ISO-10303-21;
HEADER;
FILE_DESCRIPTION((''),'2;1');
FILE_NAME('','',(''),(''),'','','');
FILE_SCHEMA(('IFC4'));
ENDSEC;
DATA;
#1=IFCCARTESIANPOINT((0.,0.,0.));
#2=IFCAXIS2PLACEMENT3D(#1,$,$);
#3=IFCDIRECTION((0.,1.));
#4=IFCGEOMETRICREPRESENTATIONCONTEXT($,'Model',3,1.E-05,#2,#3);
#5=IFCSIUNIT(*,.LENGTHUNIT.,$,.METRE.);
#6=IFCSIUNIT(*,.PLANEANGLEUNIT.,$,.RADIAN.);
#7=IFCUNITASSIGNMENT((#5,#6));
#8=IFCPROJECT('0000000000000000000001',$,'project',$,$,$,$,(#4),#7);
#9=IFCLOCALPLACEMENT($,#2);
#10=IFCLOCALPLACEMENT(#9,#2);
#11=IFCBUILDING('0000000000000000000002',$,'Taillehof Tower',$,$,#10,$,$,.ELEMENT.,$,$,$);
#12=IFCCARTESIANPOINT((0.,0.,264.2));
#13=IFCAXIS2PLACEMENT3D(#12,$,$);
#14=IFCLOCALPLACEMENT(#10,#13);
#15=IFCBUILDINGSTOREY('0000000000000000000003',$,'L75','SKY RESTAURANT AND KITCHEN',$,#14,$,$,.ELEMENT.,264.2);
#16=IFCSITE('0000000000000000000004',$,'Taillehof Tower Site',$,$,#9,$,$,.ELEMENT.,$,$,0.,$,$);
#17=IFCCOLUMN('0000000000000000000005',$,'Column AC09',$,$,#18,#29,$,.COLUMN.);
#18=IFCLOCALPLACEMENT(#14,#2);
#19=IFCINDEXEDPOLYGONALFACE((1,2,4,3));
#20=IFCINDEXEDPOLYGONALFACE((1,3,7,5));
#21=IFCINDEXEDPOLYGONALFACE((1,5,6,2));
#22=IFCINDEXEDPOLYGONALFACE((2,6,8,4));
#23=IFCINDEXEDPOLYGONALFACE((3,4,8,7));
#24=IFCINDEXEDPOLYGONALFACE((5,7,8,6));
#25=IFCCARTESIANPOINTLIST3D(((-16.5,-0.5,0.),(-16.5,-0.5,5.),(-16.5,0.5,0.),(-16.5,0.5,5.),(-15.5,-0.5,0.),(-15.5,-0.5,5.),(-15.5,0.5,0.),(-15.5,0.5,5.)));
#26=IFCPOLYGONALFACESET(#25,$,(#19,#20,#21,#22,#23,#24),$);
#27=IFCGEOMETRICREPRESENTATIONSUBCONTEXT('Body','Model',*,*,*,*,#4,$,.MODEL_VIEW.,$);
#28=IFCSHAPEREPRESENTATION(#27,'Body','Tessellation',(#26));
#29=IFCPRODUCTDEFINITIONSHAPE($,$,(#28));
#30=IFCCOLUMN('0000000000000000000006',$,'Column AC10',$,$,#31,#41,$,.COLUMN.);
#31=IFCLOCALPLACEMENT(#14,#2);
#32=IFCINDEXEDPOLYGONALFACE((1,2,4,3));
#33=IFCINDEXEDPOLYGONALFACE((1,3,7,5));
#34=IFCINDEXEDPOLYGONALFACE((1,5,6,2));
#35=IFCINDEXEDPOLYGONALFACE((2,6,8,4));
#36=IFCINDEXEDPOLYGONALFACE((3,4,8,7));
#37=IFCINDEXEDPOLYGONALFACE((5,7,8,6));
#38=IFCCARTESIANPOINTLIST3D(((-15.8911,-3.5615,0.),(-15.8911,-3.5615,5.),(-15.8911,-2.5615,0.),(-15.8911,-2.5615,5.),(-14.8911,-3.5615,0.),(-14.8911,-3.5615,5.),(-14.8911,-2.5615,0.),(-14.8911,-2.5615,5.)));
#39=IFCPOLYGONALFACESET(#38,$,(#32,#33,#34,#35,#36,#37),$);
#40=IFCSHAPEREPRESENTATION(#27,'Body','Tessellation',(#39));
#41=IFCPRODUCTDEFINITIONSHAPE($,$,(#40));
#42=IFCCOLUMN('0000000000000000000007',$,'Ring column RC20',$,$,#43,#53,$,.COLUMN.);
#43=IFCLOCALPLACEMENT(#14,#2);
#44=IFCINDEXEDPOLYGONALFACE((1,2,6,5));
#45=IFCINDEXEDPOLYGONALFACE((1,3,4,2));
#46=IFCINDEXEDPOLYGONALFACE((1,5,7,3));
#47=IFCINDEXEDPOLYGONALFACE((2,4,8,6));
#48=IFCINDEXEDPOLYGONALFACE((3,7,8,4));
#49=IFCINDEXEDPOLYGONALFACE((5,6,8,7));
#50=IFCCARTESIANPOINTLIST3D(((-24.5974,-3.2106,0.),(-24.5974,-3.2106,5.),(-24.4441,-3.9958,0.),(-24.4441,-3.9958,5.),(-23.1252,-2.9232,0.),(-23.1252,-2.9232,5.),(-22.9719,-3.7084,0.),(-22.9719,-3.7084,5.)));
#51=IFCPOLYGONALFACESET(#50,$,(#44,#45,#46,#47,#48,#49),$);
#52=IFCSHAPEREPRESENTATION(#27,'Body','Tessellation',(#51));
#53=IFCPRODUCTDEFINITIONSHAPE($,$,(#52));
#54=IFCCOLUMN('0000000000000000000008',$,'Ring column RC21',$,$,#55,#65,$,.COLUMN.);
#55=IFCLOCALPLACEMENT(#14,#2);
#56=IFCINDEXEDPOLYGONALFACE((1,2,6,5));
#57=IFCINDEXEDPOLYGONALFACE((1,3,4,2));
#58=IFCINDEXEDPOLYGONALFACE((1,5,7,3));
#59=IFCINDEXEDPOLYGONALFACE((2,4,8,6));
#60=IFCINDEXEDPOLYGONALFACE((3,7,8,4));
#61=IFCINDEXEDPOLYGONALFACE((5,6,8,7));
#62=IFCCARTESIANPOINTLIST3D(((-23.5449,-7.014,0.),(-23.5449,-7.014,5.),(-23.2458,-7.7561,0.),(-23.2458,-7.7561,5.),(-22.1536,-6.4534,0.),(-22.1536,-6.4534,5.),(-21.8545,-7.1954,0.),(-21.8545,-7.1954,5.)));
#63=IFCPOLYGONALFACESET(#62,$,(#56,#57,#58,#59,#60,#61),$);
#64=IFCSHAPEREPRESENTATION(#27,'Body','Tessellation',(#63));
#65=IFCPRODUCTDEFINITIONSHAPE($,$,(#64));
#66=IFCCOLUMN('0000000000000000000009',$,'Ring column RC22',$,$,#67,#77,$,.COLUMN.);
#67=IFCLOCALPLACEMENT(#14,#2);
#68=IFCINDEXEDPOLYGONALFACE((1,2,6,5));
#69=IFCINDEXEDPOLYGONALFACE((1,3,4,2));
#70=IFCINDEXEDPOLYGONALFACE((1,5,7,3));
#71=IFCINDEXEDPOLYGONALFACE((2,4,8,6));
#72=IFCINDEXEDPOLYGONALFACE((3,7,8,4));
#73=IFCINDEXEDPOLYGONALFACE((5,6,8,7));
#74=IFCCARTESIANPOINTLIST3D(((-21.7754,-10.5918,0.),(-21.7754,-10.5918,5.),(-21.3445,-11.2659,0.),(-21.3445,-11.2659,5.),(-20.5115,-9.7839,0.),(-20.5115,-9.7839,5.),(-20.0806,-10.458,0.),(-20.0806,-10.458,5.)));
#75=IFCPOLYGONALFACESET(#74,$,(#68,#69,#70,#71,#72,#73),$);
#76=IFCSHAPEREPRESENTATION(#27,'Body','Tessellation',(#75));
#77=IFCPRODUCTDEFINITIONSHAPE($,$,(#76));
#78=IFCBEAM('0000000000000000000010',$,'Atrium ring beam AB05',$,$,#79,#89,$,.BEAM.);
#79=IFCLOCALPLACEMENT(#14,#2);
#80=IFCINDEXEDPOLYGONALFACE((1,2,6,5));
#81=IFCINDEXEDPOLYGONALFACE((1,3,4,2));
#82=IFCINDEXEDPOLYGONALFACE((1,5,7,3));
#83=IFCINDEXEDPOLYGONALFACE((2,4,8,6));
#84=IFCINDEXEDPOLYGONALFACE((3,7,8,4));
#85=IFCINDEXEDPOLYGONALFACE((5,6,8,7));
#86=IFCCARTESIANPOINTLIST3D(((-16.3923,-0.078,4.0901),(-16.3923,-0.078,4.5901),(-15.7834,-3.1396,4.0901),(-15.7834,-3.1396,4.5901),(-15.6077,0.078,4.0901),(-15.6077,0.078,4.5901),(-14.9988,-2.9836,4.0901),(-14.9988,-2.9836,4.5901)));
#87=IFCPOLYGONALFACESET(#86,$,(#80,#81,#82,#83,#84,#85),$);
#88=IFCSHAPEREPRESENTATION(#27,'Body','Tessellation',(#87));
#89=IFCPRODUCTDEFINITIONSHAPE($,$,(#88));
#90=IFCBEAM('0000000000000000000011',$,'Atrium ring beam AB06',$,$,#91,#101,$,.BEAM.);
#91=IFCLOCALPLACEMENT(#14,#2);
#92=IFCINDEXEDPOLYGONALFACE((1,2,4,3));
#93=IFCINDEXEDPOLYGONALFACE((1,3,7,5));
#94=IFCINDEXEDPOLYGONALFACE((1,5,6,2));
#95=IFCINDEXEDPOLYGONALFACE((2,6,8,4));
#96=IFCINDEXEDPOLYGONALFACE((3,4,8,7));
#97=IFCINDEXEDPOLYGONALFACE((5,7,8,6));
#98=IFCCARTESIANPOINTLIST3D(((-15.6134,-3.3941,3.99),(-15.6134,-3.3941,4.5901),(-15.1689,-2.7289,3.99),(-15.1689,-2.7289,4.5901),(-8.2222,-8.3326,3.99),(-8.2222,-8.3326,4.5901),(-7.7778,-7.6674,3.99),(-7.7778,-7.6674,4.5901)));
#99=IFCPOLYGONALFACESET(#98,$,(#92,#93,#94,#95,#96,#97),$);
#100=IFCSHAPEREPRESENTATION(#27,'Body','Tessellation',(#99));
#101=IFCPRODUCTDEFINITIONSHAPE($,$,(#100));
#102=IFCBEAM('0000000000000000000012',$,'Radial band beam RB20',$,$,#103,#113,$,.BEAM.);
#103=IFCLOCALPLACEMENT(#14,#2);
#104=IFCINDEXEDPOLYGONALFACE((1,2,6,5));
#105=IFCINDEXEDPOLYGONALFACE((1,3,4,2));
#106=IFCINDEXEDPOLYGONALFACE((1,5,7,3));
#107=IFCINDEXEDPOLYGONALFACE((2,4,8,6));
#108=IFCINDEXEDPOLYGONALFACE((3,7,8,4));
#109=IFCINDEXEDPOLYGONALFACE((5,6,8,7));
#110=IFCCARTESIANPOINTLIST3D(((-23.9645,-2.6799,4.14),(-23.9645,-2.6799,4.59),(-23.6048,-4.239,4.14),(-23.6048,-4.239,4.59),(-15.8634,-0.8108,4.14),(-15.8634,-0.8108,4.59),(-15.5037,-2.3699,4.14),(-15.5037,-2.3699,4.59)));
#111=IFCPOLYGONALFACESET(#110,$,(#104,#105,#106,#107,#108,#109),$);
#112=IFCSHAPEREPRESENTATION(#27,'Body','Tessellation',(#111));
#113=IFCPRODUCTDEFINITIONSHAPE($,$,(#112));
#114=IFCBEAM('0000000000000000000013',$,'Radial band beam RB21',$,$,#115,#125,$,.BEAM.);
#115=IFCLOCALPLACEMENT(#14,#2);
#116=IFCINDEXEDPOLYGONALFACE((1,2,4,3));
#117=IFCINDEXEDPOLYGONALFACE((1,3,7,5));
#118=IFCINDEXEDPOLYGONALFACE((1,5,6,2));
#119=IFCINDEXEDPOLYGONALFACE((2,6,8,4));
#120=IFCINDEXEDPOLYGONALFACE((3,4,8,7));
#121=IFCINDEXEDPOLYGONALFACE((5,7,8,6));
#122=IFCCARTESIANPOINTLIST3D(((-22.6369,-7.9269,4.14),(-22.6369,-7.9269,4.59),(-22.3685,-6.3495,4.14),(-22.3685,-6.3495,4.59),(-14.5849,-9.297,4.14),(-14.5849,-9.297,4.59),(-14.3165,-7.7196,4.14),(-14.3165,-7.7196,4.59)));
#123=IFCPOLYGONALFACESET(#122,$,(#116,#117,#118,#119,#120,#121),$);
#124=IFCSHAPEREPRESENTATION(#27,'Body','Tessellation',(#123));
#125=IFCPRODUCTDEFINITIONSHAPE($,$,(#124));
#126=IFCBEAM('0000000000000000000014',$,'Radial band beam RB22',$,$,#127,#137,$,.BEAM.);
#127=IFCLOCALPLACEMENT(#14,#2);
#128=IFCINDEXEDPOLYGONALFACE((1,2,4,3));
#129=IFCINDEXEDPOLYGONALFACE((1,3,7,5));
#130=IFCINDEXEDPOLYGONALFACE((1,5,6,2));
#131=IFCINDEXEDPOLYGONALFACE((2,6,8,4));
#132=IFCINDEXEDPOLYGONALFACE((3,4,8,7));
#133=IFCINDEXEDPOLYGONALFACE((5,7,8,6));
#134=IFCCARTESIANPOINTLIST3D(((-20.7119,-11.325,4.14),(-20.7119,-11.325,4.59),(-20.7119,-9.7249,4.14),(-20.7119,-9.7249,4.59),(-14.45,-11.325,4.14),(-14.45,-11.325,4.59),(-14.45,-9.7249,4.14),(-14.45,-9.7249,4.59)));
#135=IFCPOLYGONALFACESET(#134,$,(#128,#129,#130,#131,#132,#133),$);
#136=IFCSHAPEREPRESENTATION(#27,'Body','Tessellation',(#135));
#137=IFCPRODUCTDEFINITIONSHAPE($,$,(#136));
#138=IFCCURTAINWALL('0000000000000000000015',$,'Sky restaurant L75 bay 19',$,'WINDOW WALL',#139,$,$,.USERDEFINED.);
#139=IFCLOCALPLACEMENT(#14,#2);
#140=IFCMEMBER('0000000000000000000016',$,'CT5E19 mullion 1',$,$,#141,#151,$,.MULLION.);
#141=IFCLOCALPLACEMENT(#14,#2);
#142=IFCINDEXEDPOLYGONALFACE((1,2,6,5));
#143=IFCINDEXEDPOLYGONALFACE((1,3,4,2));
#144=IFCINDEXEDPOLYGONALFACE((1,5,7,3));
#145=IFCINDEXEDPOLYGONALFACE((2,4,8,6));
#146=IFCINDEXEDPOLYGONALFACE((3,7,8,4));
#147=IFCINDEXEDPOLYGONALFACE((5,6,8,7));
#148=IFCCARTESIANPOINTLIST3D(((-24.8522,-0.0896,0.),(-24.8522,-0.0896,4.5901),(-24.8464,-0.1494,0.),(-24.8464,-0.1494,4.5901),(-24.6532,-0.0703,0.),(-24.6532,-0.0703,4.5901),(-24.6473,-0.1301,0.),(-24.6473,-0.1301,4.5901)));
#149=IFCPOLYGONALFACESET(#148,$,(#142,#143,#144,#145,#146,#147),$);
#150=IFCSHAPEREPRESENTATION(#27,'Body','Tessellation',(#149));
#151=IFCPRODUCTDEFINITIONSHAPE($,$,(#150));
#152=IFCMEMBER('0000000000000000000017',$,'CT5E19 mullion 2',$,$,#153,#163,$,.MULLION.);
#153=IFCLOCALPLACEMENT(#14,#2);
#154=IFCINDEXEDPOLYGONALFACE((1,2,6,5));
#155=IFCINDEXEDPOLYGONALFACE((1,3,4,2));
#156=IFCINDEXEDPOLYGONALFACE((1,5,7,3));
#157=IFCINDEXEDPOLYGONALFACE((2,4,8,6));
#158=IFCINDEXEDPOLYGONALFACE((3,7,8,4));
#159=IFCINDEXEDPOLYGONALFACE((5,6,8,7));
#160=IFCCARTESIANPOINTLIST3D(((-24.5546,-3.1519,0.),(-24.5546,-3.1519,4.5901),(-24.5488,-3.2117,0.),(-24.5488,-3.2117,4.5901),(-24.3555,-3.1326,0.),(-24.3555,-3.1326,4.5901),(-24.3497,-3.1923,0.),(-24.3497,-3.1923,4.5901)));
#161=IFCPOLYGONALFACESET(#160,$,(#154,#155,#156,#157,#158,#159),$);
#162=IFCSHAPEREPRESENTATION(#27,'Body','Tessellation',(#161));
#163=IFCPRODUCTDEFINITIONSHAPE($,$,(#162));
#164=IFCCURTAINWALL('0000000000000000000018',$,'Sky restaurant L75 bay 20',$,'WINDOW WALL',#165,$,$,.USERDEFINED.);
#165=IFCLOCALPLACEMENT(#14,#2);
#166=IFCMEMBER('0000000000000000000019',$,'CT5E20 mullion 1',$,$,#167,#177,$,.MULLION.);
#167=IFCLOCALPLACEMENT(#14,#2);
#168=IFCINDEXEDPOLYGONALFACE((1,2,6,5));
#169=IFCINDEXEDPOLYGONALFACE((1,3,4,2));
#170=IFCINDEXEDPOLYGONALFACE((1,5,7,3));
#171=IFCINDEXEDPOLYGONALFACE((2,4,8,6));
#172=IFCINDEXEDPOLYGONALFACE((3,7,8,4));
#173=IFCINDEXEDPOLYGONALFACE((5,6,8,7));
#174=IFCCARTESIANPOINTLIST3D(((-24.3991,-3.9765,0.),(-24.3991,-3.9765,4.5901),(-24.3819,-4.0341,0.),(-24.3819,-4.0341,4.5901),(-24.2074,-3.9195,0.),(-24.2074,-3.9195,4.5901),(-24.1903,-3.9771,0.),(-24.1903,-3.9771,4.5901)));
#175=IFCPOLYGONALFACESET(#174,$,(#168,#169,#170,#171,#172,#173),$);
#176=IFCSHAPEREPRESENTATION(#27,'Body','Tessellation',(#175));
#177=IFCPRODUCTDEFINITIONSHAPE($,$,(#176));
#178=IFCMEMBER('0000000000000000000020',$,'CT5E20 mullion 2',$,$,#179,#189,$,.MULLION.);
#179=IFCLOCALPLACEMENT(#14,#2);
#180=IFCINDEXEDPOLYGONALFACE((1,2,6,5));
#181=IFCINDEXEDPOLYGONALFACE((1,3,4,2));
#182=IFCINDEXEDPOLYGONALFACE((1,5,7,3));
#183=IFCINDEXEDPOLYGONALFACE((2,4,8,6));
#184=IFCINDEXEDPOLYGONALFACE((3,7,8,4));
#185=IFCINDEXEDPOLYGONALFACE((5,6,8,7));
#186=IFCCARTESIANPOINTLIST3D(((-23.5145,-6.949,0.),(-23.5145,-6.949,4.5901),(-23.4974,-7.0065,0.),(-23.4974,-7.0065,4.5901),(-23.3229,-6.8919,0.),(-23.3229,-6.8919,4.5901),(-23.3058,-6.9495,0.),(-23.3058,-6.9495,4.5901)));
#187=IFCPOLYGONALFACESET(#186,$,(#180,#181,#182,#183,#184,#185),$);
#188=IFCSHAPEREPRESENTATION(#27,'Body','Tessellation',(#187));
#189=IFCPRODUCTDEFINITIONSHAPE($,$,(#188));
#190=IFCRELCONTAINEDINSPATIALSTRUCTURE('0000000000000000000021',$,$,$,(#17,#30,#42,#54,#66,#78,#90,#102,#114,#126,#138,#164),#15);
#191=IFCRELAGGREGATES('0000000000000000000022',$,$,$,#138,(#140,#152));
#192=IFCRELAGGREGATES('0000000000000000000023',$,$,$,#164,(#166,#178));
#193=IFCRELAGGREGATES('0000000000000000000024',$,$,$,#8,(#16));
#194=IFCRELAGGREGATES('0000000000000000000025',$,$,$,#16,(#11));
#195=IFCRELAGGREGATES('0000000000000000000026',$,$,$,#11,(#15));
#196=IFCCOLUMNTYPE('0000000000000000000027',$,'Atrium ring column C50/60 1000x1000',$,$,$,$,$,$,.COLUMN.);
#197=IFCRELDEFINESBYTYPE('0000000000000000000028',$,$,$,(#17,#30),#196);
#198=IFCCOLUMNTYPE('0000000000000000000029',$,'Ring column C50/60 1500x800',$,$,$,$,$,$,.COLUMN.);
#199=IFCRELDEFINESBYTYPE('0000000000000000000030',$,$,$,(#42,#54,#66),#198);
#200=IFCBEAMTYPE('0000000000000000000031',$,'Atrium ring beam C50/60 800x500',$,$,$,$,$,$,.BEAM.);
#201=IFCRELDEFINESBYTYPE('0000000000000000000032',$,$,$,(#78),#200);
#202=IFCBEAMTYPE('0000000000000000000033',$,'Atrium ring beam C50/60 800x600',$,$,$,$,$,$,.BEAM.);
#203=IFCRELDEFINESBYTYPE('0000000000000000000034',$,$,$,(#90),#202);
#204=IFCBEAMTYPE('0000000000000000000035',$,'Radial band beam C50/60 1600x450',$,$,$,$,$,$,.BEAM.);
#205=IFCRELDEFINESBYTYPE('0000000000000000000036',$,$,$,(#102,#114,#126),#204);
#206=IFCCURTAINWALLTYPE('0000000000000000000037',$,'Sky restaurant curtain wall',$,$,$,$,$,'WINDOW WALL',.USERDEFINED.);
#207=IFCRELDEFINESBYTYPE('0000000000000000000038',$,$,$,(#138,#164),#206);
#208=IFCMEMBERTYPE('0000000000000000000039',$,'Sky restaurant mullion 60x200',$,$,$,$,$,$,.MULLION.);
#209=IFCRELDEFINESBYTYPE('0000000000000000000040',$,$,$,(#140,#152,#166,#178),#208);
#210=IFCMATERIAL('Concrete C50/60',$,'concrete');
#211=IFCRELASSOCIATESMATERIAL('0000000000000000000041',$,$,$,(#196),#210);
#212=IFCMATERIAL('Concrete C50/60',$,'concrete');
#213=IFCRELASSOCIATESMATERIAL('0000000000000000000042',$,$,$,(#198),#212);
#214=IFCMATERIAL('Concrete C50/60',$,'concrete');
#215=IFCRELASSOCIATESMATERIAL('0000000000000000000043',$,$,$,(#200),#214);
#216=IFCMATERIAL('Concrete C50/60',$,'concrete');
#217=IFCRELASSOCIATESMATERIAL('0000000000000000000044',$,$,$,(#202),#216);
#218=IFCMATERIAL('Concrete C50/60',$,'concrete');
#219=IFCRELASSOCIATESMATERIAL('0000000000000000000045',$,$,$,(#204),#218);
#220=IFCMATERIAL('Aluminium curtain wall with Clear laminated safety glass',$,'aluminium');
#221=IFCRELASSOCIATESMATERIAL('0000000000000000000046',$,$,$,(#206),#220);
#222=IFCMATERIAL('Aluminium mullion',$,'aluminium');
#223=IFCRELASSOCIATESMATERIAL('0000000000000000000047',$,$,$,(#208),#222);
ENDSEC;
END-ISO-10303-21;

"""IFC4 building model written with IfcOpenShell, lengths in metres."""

from ifc_helpers import new_model, si_unit, direction, frame, origin, origin_2d, place, context, subcontext, project, spatial, rectangle, extrude, material, material_profile, profile_set, type_object, element, aggregate, save


model = new_model("IFC4")

# Units and contexts
model_context = context("Model", 3, precision=1e-05, world=origin(), true_north=direction((0.0, 1.0)))
body_context = subcontext(model_context, "Body", "Model", "MODEL_VIEW")
ifc_project = project(units=[si_unit("LENGTHUNIT", "METRE"), si_unit("PLANEANGLEUNIT", "RADIAN")], contexts=[model_context])

# Site, building, storey
site_placement = place(None, origin())
site = spatial("IfcSite", under=ifc_project, at=site_placement, Name="Taillehof Tower Site", CompositionType="ELEMENT", RefElevation=0.0)
building_placement = place(site_placement, origin())
building = spatial("IfcBuilding", under=site, at=building_placement, Name="Taillehof Tower", CompositionType="ELEMENT")
storey_placement = place(building_placement, frame((0.0, 0.0, 264.2)))
storey = spatial("IfcBuildingStorey", under=building, at=storey_placement, Name="L75", Description="SKY RESTAURANT AND KITCHEN", CompositionType="ELEMENT", Elevation=264.2)

# Columns
ifc_material_1 = material(Name="Concrete C50/60", Category="concrete")
ifc_material_profile_1 = material_profile(ifc_material_1, rectangle(XDim=1.0, YDim=1.0, at=origin_2d()), Name="RC 1000x1000")
ifc_profile_set_1 = profile_set([ifc_material_profile_1], Name="Concrete C50/60")
column_type_1 = type_object("IfcColumnType", Name="Atrium ring column C50/60 1000x1000", PredefinedType="COLUMN", material=ifc_profile_set_1)
for number, where, z_axis, x_axis, name in (
    (1, (-16.0, 0.0, 0.0), (0.0, 0.0, 1.0), (1.0, 0.0, 0.0), "Column AC09"),
    (2, (-15.3911, -3.0615, 0.0), (0.0, 0.0, 1.0), (1.0, 0.0, 0.0), "Column AC10"),
):
    element("IfcColumn", number, at=place(storey_placement, frame(where, z_axis=z_axis, x_axis=x_axis)), inside=storey, type_object=column_type_1, Name=name, PredefinedType="COLUMN", context=body_context, shape_type="SweptSolid", body=[
        extrude(rectangle(XDim=1.0, YDim=1.0, at=origin_2d()), origin(), (0.0, 0.0, 1.0), 5.0),
    ])
ifc_material_2 = material(Name="Concrete C50/60", Category="concrete")
ifc_material_profile_2 = material_profile(ifc_material_2, rectangle(XDim=1.5, YDim=0.8, at=origin_2d()), Name="RC 1500x800")
ifc_profile_set_2 = profile_set([ifc_material_profile_2], Name="Concrete C50/60")
column_type_2 = type_object("IfcColumnType", Name="Ring column C50/60 1500x800", PredefinedType="COLUMN", material=ifc_profile_set_2)
for number, where, z_axis, x_axis, name in (
    (3, (-23.7847, -3.4595, 0.0), (0.0, 0.0, 1.0), (-0.981473, -0.191602, 0.0), "Ring column RC20"),
    (4, (-22.6997, -7.1047, 0.0), (0.0, 0.0, 1.0), (-0.927525, -0.373762, 0.0), "Ring column RC21"),
    (5, (-20.928, -10.5249, 0.0), (0.0, 0.0, 1.0), (-0.842574, -0.538581, 0.0), "Ring column RC22"),
):
    element("IfcColumn", number, at=place(storey_placement, frame(where, z_axis=z_axis, x_axis=x_axis)), inside=storey, type_object=column_type_2, Name=name, PredefinedType="COLUMN", context=body_context, shape_type="SweptSolid", body=[
        extrude(rectangle(XDim=1.5, YDim=0.8, at=origin_2d()), origin(), (0.0, 0.0, 1.0), 5.0),
    ])

# Beams
ifc_material_3 = material(Name="Concrete C50/60", Category="concrete")
ifc_material_profile_3 = material_profile(ifc_material_3, rectangle(XDim=0.8, YDim=0.5, at=origin_2d()), Name="RC 800x500")
ifc_profile_set_3 = profile_set([ifc_material_profile_3], Name="Concrete C50/60")
beam_type_1 = type_object("IfcBeamType", Name="Atrium ring beam C50/60 800x500", PredefinedType="BEAM", material=ifc_profile_set_3)
beam_1_placement = place(storey_placement, frame((-16.0, 0.0, 4.3401), z_axis=(0.195063, -0.980791, 0.0), x_axis=(0.980791, 0.195063, 0.0)))
element("IfcBeam", 6, at=beam_1_placement, inside=storey, type_object=beam_type_1, Name="Atrium ring beam AB05", PredefinedType="BEAM", context=body_context, shape_type="SweptSolid", body=[
    extrude(rectangle(XDim=0.8, YDim=0.5, at=origin_2d()), origin(), (0.0, 0.0, 1.0), 3.1216),
])
ifc_material_4 = material(Name="Concrete C50/60", Category="concrete")
ifc_material_profile_4 = material_profile(ifc_material_4, rectangle(XDim=0.8, YDim=0.6001, at=origin_2d()), Name="RC 800x600")
ifc_profile_set_4 = profile_set([ifc_material_profile_4], Name="Concrete C50/60")
beam_type_2 = type_object("IfcBeamType", Name="Atrium ring beam C50/60 800x600", PredefinedType="BEAM", material=ifc_profile_set_4)
beam_2_placement = place(storey_placement, frame((-15.3911, -3.0615, 4.29), z_axis=(0.831475, -0.555562, 0.0), x_axis=(0.555562, 0.831475, 0.0)))
element("IfcBeam", 7, at=beam_2_placement, inside=storey, type_object=beam_type_2, Name="Atrium ring beam AB06", PredefinedType="BEAM", context=body_context, shape_type="SweptSolid", body=[
    extrude(rectangle(XDim=0.8, YDim=0.6001, at=origin_2d()), origin(), (0.0, 0.0, 1.0), 8.8892),
])
ifc_material_5 = material(Name="Concrete C50/60", Category="concrete")
ifc_material_profile_5 = material_profile(ifc_material_5, rectangle(XDim=1.6001, YDim=0.45, at=origin_2d()), Name="RC 1600x450")
ifc_profile_set_5 = profile_set([ifc_material_profile_5], Name="Concrete C50/60")
beam_type_3 = type_object("IfcBeamType", Name="Radial band beam C50/60 1600x450", PredefinedType="BEAM", material=ifc_profile_set_5)
beam_3_placement = place(storey_placement, frame((-23.7847, -3.4595, 4.365), z_axis=(0.9744, 0.224821, 0.0), x_axis=(-0.224821, 0.9744, 0.0)))
element("IfcBeam", 8, at=beam_3_placement, inside=storey, type_object=beam_type_3, Name="Radial band beam RB20", PredefinedType="BEAM", context=body_context, shape_type="SweptSolid", body=[
    extrude(rectangle(XDim=1.6001, YDim=0.45, at=origin_2d()), origin(), (0.0, 0.0, 1.0), 8.314),
])
beam_4_placement = place(storey_placement, frame((-22.5027, -7.1382, 4.365), z_axis=(0.98583, -0.167747, 0.0), x_axis=(0.167747, 0.98583, 0.0)))
element("IfcBeam", 9, at=beam_4_placement, inside=storey, type_object=beam_type_3, Name="Radial band beam RB21", PredefinedType="BEAM", context=body_context, shape_type="SweptSolid", body=[
    extrude(rectangle(XDim=1.6001, YDim=0.45, at=origin_2d()), origin(), (0.0, 0.0, 1.0), 8.1677),
])
beam_5_placement = place(storey_placement, frame((-20.7119, -10.5249, 4.365), z_axis=(1.0, 0.0, 0.0), x_axis=(0.0, 1.0, 0.0)))
element("IfcBeam", 10, at=beam_5_placement, inside=storey, type_object=beam_type_3, Name="Radial band beam RB22", PredefinedType="BEAM", context=body_context, shape_type="SweptSolid", body=[
    extrude(rectangle(XDim=1.6001, YDim=0.45, at=origin_2d()), origin(), (0.0, 0.0, 1.0), 6.262),
])

# Curtain walls, members
ifc_material_6 = material(Name="Aluminium curtain wall with Clear laminated safety glass", Category="aluminium")
curtain_wall_type = type_object("IfcCurtainWallType", Name="Sky restaurant curtain wall", ElementType="WINDOW WALL", PredefinedType="USERDEFINED", material=ifc_material_6)
curtain_wall_1_placement = place(storey_placement, origin())
curtain_wall_1 = element("IfcCurtainWall", 11, at=curtain_wall_1_placement, inside=storey, type_object=curtain_wall_type, Name="Sky restaurant L75 bay 19", ObjectType="WINDOW WALL", PredefinedType="USERDEFINED")
ifc_material_7 = material(Name="Aluminium mullion", Category="aluminium")
ifc_material_profile_6 = material_profile(ifc_material_7, rectangle(XDim=0.2, YDim=0.0601, at=origin_2d()), Name="AL 60x200")
ifc_profile_set_6 = profile_set([ifc_material_profile_6], Name="Aluminium mullion")
member_type_1 = type_object("IfcMemberType", Name="Sky restaurant mullion 60x200", PredefinedType="MULLION", material=ifc_profile_set_6)
member_1_placement = place(storey_placement, frame((-24.7498, -0.1099, 0.0), z_axis=(0.0, 0.0, 1.0), x_axis=(0.995312, 0.096714, 0.0)))
member_1 = element("IfcMember", 12, at=member_1_placement, type_object=member_type_1, Name="CT5E19 mullion 1", PredefinedType="MULLION", context=body_context, shape_type="SweptSolid", body=[
    extrude(rectangle(XDim=0.2, YDim=0.0601, at=origin_2d()), origin(), (0.0, 0.0, 1.0), 4.5901),
])
member_2_placement = place(storey_placement, frame((-24.4521, -3.1721, 0.0), z_axis=(0.0, 0.0, 1.0), x_axis=(0.995312, 0.096714, 0.0)))
member_2 = element("IfcMember", 13, at=member_2_placement, type_object=member_type_1, Name="CT5E19 mullion 2", PredefinedType="MULLION", context=body_context, shape_type="SweptSolid", body=[
    extrude(rectangle(XDim=0.2, YDim=0.0601, at=origin_2d()), origin(), (0.0, 0.0, 1.0), 4.5901),
])
curtain_wall_2_placement = place(storey_placement, origin())
curtain_wall_2 = element("IfcCurtainWall", 14, at=curtain_wall_2_placement, inside=storey, type_object=curtain_wall_type, Name="Sky restaurant L75 bay 20", ObjectType="WINDOW WALL", PredefinedType="USERDEFINED")
member_3_placement = place(storey_placement, frame((-24.2947, -3.9768, 0.0), z_axis=(0.0, 0.0, 1.0), x_axis=(0.958457, 0.285236, 0.0)))
member_3 = element("IfcMember", 15, at=member_3_placement, type_object=member_type_1, Name="CT5E20 mullion 1", PredefinedType="MULLION", context=body_context, shape_type="SweptSolid", body=[
    extrude(rectangle(XDim=0.2, YDim=0.0601, at=origin_2d()), origin(), (0.0, 0.0, 1.0), 4.5901),
])
member_4_placement = place(storey_placement, frame((-23.4102, -6.9492, 0.0), z_axis=(0.0, 0.0, 1.0), x_axis=(0.958457, 0.285236, 0.0)))
member_4 = element("IfcMember", 16, at=member_4_placement, type_object=member_type_1, Name="CT5E20 mullion 2", PredefinedType="MULLION", context=body_context, shape_type="SweptSolid", body=[
    extrude(rectangle(XDim=0.2, YDim=0.0601, at=origin_2d()), origin(), (0.0, 0.0, 1.0), 4.5901),
])

aggregate(curtain_wall_1, [member_1, member_2])
aggregate(curtain_wall_2, [member_3, member_4])

save(model, "model.ifc")
